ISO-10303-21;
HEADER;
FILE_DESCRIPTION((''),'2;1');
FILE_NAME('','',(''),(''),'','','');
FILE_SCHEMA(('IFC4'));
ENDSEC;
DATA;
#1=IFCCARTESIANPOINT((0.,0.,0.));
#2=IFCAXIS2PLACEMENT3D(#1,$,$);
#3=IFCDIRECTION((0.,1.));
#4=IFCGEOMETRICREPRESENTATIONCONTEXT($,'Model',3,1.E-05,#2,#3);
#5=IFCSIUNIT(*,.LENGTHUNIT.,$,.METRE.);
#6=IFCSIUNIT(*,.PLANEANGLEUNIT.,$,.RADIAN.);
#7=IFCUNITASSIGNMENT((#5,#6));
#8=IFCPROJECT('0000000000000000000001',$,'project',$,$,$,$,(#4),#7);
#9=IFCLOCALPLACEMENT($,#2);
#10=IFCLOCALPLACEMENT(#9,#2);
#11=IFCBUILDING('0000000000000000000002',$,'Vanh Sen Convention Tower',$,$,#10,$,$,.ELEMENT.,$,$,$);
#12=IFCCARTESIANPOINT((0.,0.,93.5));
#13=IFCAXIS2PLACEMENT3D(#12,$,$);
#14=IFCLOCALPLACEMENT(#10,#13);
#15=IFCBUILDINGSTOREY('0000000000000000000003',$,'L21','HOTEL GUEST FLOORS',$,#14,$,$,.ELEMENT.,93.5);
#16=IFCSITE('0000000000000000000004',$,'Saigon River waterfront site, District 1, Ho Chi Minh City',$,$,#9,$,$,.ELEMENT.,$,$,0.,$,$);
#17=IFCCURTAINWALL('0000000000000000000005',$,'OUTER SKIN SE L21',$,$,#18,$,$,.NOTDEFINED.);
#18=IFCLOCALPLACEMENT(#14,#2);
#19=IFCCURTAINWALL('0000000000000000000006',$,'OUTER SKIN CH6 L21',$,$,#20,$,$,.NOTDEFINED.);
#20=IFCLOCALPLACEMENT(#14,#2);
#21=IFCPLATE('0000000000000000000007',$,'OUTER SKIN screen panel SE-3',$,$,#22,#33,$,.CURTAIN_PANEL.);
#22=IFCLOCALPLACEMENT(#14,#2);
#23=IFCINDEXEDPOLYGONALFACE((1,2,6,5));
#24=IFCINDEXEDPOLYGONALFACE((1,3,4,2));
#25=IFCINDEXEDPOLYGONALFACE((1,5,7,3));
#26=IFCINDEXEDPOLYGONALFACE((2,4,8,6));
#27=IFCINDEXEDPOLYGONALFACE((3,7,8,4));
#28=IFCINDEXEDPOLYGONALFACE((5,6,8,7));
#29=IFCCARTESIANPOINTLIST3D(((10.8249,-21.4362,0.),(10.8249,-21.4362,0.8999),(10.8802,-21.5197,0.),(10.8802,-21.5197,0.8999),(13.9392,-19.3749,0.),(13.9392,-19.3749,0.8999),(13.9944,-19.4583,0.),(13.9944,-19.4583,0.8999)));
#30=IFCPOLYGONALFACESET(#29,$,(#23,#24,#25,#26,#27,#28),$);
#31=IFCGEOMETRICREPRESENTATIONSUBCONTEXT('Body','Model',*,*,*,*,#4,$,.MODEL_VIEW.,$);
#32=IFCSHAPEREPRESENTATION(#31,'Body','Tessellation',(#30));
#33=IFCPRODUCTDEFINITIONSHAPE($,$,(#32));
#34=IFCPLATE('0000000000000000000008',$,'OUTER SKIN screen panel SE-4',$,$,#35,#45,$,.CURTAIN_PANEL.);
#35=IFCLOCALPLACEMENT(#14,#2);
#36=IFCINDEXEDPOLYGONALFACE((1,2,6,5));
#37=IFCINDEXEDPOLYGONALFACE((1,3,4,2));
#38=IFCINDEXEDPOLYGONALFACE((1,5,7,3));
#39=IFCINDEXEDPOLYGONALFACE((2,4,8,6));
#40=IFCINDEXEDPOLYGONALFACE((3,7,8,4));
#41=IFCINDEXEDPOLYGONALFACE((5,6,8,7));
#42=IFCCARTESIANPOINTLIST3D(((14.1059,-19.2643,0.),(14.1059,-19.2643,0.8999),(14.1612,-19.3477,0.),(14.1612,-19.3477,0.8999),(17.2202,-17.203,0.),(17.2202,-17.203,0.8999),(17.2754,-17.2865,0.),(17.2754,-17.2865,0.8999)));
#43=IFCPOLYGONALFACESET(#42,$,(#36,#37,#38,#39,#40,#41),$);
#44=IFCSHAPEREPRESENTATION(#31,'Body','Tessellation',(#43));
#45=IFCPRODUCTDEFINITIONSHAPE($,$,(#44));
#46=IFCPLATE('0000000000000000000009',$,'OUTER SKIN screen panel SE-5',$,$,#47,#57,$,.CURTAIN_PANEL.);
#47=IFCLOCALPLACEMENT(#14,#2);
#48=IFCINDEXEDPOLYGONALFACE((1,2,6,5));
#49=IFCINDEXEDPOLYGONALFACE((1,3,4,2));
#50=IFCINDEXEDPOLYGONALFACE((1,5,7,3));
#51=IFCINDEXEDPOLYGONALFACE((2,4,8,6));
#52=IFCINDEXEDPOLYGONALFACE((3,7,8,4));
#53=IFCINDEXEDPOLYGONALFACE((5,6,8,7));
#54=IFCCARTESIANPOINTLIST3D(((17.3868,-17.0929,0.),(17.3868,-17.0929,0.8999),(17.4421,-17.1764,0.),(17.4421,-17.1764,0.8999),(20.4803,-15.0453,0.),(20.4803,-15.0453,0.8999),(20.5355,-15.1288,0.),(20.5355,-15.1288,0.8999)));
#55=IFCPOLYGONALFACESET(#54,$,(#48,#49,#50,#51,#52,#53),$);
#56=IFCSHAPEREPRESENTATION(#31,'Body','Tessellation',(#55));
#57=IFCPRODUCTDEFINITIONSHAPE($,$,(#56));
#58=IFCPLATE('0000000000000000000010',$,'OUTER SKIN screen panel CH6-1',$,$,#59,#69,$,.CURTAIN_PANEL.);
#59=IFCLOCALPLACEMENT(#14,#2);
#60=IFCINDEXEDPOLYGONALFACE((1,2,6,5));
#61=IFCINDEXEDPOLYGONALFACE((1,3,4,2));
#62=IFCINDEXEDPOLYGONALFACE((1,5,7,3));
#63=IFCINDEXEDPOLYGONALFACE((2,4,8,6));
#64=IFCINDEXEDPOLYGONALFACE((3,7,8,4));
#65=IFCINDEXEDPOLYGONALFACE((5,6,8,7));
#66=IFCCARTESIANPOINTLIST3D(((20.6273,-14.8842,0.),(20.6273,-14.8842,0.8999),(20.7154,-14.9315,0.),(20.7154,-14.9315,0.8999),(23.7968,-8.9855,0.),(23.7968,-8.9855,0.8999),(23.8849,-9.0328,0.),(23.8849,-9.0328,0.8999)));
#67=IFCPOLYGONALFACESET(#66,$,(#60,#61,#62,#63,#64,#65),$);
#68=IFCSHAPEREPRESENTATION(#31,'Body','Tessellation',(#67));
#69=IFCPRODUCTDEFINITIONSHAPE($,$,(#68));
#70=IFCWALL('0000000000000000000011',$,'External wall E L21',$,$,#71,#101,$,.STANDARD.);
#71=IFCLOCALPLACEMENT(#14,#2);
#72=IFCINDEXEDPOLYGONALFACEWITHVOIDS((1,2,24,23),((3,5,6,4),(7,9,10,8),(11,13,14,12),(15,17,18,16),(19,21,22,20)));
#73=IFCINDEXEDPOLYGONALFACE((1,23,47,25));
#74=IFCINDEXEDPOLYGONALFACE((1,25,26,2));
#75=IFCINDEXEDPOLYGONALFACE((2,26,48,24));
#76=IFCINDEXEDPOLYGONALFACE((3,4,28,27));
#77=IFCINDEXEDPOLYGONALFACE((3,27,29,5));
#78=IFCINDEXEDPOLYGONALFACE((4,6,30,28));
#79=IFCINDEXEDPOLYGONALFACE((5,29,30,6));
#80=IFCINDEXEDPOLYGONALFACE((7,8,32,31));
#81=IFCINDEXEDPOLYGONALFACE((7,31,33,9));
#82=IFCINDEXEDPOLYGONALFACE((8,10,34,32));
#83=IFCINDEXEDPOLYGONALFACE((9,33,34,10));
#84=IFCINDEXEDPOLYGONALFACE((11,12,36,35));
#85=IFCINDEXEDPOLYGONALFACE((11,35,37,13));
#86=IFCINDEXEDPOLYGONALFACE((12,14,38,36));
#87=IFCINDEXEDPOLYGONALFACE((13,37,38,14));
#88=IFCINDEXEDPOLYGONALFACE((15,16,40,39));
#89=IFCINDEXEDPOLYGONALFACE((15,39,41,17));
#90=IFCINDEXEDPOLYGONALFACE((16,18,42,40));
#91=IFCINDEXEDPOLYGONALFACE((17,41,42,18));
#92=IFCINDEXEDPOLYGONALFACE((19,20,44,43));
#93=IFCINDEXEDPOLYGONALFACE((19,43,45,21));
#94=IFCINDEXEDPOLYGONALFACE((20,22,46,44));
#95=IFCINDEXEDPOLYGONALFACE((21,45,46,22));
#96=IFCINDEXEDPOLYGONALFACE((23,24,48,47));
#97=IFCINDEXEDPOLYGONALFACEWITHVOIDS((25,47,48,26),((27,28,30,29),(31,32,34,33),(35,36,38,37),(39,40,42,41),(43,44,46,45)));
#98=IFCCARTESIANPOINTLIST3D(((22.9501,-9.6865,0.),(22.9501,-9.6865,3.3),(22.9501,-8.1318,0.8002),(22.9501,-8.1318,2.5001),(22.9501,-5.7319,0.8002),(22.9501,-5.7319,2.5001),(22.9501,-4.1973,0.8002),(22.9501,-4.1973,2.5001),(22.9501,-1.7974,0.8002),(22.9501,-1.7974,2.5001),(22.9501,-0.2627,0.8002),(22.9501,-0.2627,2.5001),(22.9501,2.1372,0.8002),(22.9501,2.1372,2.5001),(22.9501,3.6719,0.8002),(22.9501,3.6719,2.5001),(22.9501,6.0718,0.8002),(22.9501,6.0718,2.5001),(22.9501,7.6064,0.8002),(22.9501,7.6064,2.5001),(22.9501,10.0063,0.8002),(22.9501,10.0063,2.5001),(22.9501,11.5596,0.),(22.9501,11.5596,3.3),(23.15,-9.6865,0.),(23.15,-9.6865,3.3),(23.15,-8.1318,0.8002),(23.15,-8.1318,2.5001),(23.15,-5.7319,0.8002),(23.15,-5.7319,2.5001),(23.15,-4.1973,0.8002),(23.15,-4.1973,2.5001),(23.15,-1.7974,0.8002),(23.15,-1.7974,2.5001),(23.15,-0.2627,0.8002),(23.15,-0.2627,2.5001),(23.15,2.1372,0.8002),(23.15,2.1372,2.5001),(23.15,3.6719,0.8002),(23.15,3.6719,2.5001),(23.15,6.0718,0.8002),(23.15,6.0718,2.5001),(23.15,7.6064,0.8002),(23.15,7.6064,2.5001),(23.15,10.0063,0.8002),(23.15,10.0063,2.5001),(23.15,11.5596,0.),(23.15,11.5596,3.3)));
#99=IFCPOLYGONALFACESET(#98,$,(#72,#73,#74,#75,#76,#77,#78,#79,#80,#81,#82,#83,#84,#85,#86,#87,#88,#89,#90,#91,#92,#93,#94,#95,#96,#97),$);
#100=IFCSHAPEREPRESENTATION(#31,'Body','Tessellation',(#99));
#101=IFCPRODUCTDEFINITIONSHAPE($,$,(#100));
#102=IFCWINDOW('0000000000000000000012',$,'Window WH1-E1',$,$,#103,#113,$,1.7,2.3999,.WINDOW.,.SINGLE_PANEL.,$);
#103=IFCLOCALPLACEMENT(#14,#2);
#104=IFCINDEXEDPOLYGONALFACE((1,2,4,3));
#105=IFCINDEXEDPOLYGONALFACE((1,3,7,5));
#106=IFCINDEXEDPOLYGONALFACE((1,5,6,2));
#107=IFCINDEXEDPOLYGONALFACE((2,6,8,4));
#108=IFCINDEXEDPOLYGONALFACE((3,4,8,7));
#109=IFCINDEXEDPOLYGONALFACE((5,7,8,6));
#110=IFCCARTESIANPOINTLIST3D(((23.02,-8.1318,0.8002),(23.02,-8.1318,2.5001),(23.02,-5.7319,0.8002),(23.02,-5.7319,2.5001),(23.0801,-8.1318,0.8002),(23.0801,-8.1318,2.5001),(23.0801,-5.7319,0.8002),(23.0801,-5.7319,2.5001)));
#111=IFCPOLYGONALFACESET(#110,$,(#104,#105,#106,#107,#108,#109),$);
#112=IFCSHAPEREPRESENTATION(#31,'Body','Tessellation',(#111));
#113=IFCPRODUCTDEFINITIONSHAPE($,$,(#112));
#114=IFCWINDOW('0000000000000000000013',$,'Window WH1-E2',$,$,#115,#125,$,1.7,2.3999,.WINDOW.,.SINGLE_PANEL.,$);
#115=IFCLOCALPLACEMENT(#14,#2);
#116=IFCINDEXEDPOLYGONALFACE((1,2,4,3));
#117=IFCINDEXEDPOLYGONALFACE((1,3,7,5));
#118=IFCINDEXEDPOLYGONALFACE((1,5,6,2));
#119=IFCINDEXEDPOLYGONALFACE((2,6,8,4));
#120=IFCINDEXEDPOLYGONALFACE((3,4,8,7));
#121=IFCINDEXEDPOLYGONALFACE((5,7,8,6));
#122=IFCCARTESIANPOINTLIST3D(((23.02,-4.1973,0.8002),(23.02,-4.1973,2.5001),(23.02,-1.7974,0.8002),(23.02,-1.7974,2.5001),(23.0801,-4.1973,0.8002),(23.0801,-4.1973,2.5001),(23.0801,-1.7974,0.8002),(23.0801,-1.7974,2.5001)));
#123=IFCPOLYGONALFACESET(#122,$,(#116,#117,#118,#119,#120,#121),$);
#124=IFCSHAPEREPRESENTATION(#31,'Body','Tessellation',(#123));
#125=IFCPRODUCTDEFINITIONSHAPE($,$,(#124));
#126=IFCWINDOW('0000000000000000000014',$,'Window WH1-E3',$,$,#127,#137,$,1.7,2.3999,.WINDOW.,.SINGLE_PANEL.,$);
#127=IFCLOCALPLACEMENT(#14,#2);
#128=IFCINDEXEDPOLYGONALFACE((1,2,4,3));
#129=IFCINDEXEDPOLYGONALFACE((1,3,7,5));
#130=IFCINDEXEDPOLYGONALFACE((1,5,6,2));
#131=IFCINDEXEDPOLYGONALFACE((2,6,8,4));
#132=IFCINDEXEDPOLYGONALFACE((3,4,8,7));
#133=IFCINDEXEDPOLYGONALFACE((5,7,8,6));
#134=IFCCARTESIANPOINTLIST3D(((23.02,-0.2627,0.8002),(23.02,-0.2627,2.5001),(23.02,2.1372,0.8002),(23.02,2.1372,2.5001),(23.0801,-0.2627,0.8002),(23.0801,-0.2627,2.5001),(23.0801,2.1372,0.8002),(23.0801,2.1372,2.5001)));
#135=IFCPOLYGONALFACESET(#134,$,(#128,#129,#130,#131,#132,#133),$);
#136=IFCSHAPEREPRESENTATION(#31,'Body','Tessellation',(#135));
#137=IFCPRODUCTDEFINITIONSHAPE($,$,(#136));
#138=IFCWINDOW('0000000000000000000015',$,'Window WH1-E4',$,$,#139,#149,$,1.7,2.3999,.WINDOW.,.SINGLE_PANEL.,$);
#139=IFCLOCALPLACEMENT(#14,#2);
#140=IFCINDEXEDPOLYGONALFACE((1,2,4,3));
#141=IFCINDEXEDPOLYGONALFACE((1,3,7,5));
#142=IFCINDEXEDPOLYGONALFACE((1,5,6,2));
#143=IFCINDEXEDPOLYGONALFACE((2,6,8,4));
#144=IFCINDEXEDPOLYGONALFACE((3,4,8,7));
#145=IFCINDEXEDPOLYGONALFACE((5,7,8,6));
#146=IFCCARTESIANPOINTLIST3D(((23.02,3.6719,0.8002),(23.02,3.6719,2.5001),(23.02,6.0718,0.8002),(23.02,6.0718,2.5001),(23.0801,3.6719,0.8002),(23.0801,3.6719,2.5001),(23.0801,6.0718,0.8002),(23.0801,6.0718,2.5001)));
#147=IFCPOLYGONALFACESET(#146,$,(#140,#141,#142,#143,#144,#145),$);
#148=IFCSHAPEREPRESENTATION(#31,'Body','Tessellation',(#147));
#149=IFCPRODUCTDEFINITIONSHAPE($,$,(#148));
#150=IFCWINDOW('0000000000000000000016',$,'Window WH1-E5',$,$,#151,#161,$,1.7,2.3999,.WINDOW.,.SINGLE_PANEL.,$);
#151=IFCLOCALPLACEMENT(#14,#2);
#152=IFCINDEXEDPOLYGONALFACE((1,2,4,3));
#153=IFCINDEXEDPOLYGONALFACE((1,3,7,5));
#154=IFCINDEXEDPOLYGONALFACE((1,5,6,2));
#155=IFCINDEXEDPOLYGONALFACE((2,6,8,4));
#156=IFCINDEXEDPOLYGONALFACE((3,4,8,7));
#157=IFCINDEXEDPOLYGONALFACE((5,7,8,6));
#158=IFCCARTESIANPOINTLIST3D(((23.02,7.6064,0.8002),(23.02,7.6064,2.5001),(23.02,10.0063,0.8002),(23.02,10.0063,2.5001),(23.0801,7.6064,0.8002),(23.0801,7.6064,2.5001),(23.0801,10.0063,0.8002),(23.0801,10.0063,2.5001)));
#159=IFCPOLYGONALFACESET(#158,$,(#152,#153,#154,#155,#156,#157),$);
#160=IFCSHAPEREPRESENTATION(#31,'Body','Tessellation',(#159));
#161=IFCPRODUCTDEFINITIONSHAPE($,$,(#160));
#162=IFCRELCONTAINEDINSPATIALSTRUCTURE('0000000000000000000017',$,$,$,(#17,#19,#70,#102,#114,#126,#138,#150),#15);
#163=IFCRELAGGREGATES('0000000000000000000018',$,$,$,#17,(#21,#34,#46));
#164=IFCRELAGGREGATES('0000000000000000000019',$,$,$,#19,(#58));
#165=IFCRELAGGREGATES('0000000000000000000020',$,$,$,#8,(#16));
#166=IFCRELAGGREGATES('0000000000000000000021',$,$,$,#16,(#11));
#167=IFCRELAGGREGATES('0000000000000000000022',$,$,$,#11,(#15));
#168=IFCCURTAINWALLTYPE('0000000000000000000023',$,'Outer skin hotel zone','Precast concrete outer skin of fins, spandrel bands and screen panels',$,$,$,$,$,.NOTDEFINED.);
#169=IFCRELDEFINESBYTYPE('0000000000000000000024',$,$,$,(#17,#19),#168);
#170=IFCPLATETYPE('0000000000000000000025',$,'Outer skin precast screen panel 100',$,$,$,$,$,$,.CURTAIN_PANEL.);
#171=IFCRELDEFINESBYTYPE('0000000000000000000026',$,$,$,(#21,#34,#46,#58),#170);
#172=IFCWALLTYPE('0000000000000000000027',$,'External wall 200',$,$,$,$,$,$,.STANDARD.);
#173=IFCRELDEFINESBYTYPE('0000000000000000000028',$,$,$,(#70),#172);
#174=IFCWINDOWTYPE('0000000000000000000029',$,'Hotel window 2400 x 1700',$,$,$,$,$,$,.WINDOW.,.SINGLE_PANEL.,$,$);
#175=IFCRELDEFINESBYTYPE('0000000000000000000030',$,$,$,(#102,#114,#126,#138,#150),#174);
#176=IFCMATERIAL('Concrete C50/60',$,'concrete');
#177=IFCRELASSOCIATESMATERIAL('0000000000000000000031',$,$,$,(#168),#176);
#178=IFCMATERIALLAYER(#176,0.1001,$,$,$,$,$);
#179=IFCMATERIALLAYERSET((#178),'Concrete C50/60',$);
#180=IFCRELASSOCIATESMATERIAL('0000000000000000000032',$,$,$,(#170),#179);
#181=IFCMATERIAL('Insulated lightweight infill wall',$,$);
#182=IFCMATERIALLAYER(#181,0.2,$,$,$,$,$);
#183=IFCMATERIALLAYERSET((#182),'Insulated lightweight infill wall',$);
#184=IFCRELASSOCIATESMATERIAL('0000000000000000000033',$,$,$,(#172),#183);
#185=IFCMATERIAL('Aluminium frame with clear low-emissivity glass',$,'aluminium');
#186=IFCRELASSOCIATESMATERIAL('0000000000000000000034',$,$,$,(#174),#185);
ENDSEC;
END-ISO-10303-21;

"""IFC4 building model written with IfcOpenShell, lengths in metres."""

from ifc_helpers import new_model, si_unit, direction, frame, frame_2d, origin, origin_2d, place, context, subcontext, project, spatial, rectangle, extrude, material, layer, layer_set, type_object, element, fill, aggregate, save


model = new_model("IFC4")

# Units and contexts
model_context = context("Model", 3, precision=1e-05, world=origin(), true_north=direction((0.0, 1.0)))
body_context = subcontext(model_context, "Body", "Model", "MODEL_VIEW")
ifc_project = project(units=[si_unit("LENGTHUNIT", "METRE"), si_unit("PLANEANGLEUNIT", "RADIAN")], contexts=[model_context])

# Site, building, storey
site_placement = place(None, origin())
site = spatial("IfcSite", under=ifc_project, at=site_placement, Name="Saigon River waterfront site, District 1, Ho Chi Minh City", CompositionType="ELEMENT", RefElevation=0.0)
building_placement = place(site_placement, origin())
building = spatial("IfcBuilding", under=site, at=building_placement, Name="Vanh Sen Convention Tower", CompositionType="ELEMENT")
storey_placement = place(building_placement, frame((0.0, 0.0, 93.5)))
storey = spatial("IfcBuildingStorey", under=building, at=storey_placement, Name="L21", Description="HOTEL GUEST FLOORS", CompositionType="ELEMENT", Elevation=93.5)

# Curtain wall
ifc_material_1 = material(Name="Concrete C50/60", Category="concrete")
curtain_wall_type = type_object("IfcCurtainWallType", Name="Outer skin hotel zone", Description="Precast concrete outer skin of fins, spandrel bands and screen panels", PredefinedType="NOTDEFINED", material=ifc_material_1)
curtain_wall_1_placement = place(storey_placement, origin())
curtain_wall_1 = element("IfcCurtainWall", 1, at=curtain_wall_1_placement, inside=storey, type_object=curtain_wall_type, Name="OUTER SKIN SE L21", PredefinedType="NOTDEFINED")

# Curtain wall
curtain_wall_2_placement = place(storey_placement, origin())
curtain_wall_2 = element("IfcCurtainWall", 2, at=curtain_wall_2_placement, inside=storey, type_object=curtain_wall_type, Name="OUTER SKIN CH6 L21", PredefinedType="NOTDEFINED")

# Plates
ifc_layer_1 = layer(ifc_material_1, 0.1001)
ifc_layer_set_1 = layer_set([ifc_layer_1], Name="Concrete C50/60")
plate_type = type_object("IfcPlateType", Name="Outer skin precast screen panel 100", PredefinedType="CURTAIN_PANEL", material=ifc_layer_set_1)
plate_1_placement = place(storey_placement, frame((12.4097, -20.4473, 0.0), z_axis=(0.0, 0.0, 1.0), x_axis=(0.83388, 0.551946, 0.0)))
plate_1 = element("IfcPlate", 3, at=plate_1_placement, type_object=plate_type, Name="OUTER SKIN screen panel SE-3", PredefinedType="CURTAIN_PANEL", context=body_context, shape_type="SweptSolid", body=[
    extrude(rectangle(XDim=3.7346, YDim=0.1001, at=origin_2d()), origin(), (0.0, 0.0, 1.0), 0.8999),
])
plate_2_placement = place(storey_placement, frame((15.6907, -18.2754, 0.0), z_axis=(0.0, 0.0, 1.0), x_axis=(0.833892, 0.551928, 0.0)))
plate_2 = element("IfcPlate", 4, at=plate_2_placement, type_object=plate_type, Name="OUTER SKIN screen panel SE-4", PredefinedType="CURTAIN_PANEL", context=body_context, shape_type="SweptSolid", body=[
    extrude(rectangle(XDim=3.7346, YDim=0.1001, at=origin_2d()), origin(), (0.0, 0.0, 1.0), 0.8999),
])
plate_3_placement = place(storey_placement, frame((18.9612, -16.1108, 0.0), z_axis=(0.0, 0.0, 1.0), x_axis=(0.83388, 0.551946, 0.0)))
plate_3 = element("IfcPlate", 5, at=plate_3_placement, type_object=plate_type, Name="OUTER SKIN screen panel SE-5", PredefinedType="CURTAIN_PANEL", context=body_context, shape_type="SweptSolid", body=[
    extrude(rectangle(XDim=3.7097, YDim=0.1001, at=origin_2d()), origin(), (0.0, 0.0, 1.0), 0.8999),
])
aggregate(curtain_wall_1, [plate_1, plate_2, plate_3])
plate_4_placement = place(storey_placement, frame((22.2561, -11.9585, 0.0), z_axis=(0.0, 0.0, 1.0), x_axis=(0.473323, 0.880889, 0.0)))
plate_4 = element("IfcPlate", 6, at=plate_4_placement, type_object=plate_type, Name="OUTER SKIN screen panel CH6-1", PredefinedType="CURTAIN_PANEL", context=body_context, shape_type="SweptSolid", body=[
    extrude(rectangle(XDim=6.6963, YDim=0.1001, at=origin_2d()), origin(), (0.0, 0.0, 1.0), 0.8999),
])
aggregate(curtain_wall_2, [plate_4])

# Wall, openings, windows
ifc_material_2 = material(Name="Insulated lightweight infill wall")
ifc_layer_2 = layer(ifc_material_2, 0.2)
ifc_layer_set_2 = layer_set([ifc_layer_2], Name="Insulated lightweight infill wall")
wall_type_1 = type_object("IfcWallType", Name="External wall 200", PredefinedType="STANDARD", material=ifc_layer_set_2)
wall_1_placement = place(storey_placement, frame((23.05, -9.6865, 0.0), z_axis=(0.0, 0.0, 1.0), x_axis=(0.0, 1.0, 0.0)))
wall_1 = element("IfcWall", 7, at=wall_1_placement, inside=storey, type_object=wall_type_1, Name="External wall E L21", PredefinedType="STANDARD", context=body_context, shape_type="SweptSolid", body=[
    extrude(rectangle(XDim=21.2461, YDim=0.2, at=frame_2d((10.623, 0.0))), origin(), (0.0, 0.0, 1.0), 3.3),
])
opening_1_placement = place(wall_1_placement, frame((1.5547, 0.0, 0.8)))
opening_1 = element("IfcOpeningElement", 8, at=opening_1_placement, cuts=wall_1, PredefinedType="OPENING", context=body_context, shape_type="SweptSolid", body=[
    extrude(rectangle(XDim=2.3999, YDim=1.7, at=frame_2d((1.2, 0.8501))), frame((0.0, 0.1099, 0.0), z_axis=(0.0, -1.0, 0.0), x_axis=(1.0, 0.0, 0.0)), (0.0, 0.0, 1.0), 0.22),
])
opening_2_placement = place(wall_1_placement, frame((5.4893, 0.0, 0.8)))
opening_2 = element("IfcOpeningElement", 9, at=opening_2_placement, cuts=wall_1, PredefinedType="OPENING", context=body_context, shape_type="SweptSolid", body=[
    extrude(rectangle(XDim=2.3999, YDim=1.7, at=frame_2d((1.2, 0.8501))), frame((0.0, 0.1099, 0.0), z_axis=(0.0, -1.0, 0.0), x_axis=(1.0, 0.0, 0.0)), (0.0, 0.0, 1.0), 0.22),
])
opening_3_placement = place(wall_1_placement, frame((9.4238, 0.0, 0.8)))
opening_3 = element("IfcOpeningElement", 10, at=opening_3_placement, cuts=wall_1, PredefinedType="OPENING", context=body_context, shape_type="SweptSolid", body=[
    extrude(rectangle(XDim=2.3999, YDim=1.7, at=frame_2d((1.2, 0.8501))), frame((0.0, 0.1099, 0.0), z_axis=(0.0, -1.0, 0.0), x_axis=(1.0, 0.0, 0.0)), (0.0, 0.0, 1.0), 0.22),
])
opening_4_placement = place(wall_1_placement, frame((13.3584, 0.0, 0.8)))
opening_4 = element("IfcOpeningElement", 11, at=opening_4_placement, cuts=wall_1, PredefinedType="OPENING", context=body_context, shape_type="SweptSolid", body=[
    extrude(rectangle(XDim=2.3999, YDim=1.7, at=frame_2d((1.2, 0.8501))), frame((0.0, 0.1099, 0.0), z_axis=(0.0, -1.0, 0.0), x_axis=(1.0, 0.0, 0.0)), (0.0, 0.0, 1.0), 0.22),
])
opening_5_placement = place(wall_1_placement, frame((17.293, 0.0, 0.8)))
opening_5 = element("IfcOpeningElement", 12, at=opening_5_placement, cuts=wall_1, PredefinedType="OPENING", context=body_context, shape_type="SweptSolid", body=[
    extrude(rectangle(XDim=2.3999, YDim=1.7, at=frame_2d((1.2, 0.8501))), frame((0.0, 0.1099, 0.0), z_axis=(0.0, -1.0, 0.0), x_axis=(1.0, 0.0, 0.0)), (0.0, 0.0, 1.0), 0.22),
])
ifc_material_3 = material(Name="Aluminium frame with clear low-emissivity glass", Category="aluminium")
window_type_1 = type_object("IfcWindowType", Name="Hotel window 2400 x 1700", PartitioningType="SINGLE_PANEL", PredefinedType="WINDOW", material=ifc_material_3)
window_1_placement = place(opening_1_placement, origin())
window_1 = element("IfcWindow", 13, at=window_1_placement, inside=storey, type_object=window_type_1, Name="Window WH1-E1", OverallHeight=1.7, OverallWidth=2.3999, PartitioningType="SINGLE_PANEL", PredefinedType="WINDOW", context=body_context, shape_type="SweptSolid", body=[
    extrude(rectangle(XDim=2.3999, YDim=1.7, at=frame_2d((1.2, 0.8501))), frame((0.0, 0.03, 0.0), z_axis=(0.0, -1.0, 0.0), x_axis=(1.0, 0.0, 0.0)), (0.0, 0.0, 1.0), 0.0601),
])
fill(opening_1, window_1)
window_2_placement = place(opening_2_placement, origin())
window_2 = element("IfcWindow", 14, at=window_2_placement, inside=storey, type_object=window_type_1, Name="Window WH1-E2", OverallHeight=1.7, OverallWidth=2.3999, PartitioningType="SINGLE_PANEL", PredefinedType="WINDOW", context=body_context, shape_type="SweptSolid", body=[
    extrude(rectangle(XDim=2.3999, YDim=1.7, at=frame_2d((1.2, 0.8501))), frame((0.0, 0.03, 0.0), z_axis=(0.0, -1.0, 0.0), x_axis=(1.0, 0.0, 0.0)), (0.0, 0.0, 1.0), 0.0601),
])
fill(opening_2, window_2)
window_3_placement = place(opening_3_placement, origin())
window_3 = element("IfcWindow", 15, at=window_3_placement, inside=storey, type_object=window_type_1, Name="Window WH1-E3", OverallHeight=1.7, OverallWidth=2.3999, PartitioningType="SINGLE_PANEL", PredefinedType="WINDOW", context=body_context, shape_type="SweptSolid", body=[
    extrude(rectangle(XDim=2.3999, YDim=1.7, at=frame_2d((1.2, 0.8501))), frame((0.0, 0.03, 0.0), z_axis=(0.0, -1.0, 0.0), x_axis=(1.0, 0.0, 0.0)), (0.0, 0.0, 1.0), 0.0601),
])
fill(opening_3, window_3)
window_4_placement = place(opening_4_placement, origin())
window_4 = element("IfcWindow", 16, at=window_4_placement, inside=storey, type_object=window_type_1, Name="Window WH1-E4", OverallHeight=1.7, OverallWidth=2.3999, PartitioningType="SINGLE_PANEL", PredefinedType="WINDOW", context=body_context, shape_type="SweptSolid", body=[
    extrude(rectangle(XDim=2.3999, YDim=1.7, at=frame_2d((1.2, 0.8501))), frame((0.0, 0.03, 0.0), z_axis=(0.0, -1.0, 0.0), x_axis=(1.0, 0.0, 0.0)), (0.0, 0.0, 1.0), 0.0601),
])
fill(opening_4, window_4)
window_5_placement = place(opening_5_placement, origin())
window_5 = element("IfcWindow", 17, at=window_5_placement, inside=storey, type_object=window_type_1, Name="Window WH1-E5", OverallHeight=1.7, OverallWidth=2.3999, PartitioningType="SINGLE_PANEL", PredefinedType="WINDOW", context=body_context, shape_type="SweptSolid", body=[
    extrude(rectangle(XDim=2.3999, YDim=1.7, at=frame_2d((1.2, 0.8501))), frame((0.0, 0.03, 0.0), z_axis=(0.0, -1.0, 0.0), x_axis=(1.0, 0.0, 0.0)), (0.0, 0.0, 1.0), 0.0601),
])
fill(opening_5, window_5)

save(model, "model.ifc")
